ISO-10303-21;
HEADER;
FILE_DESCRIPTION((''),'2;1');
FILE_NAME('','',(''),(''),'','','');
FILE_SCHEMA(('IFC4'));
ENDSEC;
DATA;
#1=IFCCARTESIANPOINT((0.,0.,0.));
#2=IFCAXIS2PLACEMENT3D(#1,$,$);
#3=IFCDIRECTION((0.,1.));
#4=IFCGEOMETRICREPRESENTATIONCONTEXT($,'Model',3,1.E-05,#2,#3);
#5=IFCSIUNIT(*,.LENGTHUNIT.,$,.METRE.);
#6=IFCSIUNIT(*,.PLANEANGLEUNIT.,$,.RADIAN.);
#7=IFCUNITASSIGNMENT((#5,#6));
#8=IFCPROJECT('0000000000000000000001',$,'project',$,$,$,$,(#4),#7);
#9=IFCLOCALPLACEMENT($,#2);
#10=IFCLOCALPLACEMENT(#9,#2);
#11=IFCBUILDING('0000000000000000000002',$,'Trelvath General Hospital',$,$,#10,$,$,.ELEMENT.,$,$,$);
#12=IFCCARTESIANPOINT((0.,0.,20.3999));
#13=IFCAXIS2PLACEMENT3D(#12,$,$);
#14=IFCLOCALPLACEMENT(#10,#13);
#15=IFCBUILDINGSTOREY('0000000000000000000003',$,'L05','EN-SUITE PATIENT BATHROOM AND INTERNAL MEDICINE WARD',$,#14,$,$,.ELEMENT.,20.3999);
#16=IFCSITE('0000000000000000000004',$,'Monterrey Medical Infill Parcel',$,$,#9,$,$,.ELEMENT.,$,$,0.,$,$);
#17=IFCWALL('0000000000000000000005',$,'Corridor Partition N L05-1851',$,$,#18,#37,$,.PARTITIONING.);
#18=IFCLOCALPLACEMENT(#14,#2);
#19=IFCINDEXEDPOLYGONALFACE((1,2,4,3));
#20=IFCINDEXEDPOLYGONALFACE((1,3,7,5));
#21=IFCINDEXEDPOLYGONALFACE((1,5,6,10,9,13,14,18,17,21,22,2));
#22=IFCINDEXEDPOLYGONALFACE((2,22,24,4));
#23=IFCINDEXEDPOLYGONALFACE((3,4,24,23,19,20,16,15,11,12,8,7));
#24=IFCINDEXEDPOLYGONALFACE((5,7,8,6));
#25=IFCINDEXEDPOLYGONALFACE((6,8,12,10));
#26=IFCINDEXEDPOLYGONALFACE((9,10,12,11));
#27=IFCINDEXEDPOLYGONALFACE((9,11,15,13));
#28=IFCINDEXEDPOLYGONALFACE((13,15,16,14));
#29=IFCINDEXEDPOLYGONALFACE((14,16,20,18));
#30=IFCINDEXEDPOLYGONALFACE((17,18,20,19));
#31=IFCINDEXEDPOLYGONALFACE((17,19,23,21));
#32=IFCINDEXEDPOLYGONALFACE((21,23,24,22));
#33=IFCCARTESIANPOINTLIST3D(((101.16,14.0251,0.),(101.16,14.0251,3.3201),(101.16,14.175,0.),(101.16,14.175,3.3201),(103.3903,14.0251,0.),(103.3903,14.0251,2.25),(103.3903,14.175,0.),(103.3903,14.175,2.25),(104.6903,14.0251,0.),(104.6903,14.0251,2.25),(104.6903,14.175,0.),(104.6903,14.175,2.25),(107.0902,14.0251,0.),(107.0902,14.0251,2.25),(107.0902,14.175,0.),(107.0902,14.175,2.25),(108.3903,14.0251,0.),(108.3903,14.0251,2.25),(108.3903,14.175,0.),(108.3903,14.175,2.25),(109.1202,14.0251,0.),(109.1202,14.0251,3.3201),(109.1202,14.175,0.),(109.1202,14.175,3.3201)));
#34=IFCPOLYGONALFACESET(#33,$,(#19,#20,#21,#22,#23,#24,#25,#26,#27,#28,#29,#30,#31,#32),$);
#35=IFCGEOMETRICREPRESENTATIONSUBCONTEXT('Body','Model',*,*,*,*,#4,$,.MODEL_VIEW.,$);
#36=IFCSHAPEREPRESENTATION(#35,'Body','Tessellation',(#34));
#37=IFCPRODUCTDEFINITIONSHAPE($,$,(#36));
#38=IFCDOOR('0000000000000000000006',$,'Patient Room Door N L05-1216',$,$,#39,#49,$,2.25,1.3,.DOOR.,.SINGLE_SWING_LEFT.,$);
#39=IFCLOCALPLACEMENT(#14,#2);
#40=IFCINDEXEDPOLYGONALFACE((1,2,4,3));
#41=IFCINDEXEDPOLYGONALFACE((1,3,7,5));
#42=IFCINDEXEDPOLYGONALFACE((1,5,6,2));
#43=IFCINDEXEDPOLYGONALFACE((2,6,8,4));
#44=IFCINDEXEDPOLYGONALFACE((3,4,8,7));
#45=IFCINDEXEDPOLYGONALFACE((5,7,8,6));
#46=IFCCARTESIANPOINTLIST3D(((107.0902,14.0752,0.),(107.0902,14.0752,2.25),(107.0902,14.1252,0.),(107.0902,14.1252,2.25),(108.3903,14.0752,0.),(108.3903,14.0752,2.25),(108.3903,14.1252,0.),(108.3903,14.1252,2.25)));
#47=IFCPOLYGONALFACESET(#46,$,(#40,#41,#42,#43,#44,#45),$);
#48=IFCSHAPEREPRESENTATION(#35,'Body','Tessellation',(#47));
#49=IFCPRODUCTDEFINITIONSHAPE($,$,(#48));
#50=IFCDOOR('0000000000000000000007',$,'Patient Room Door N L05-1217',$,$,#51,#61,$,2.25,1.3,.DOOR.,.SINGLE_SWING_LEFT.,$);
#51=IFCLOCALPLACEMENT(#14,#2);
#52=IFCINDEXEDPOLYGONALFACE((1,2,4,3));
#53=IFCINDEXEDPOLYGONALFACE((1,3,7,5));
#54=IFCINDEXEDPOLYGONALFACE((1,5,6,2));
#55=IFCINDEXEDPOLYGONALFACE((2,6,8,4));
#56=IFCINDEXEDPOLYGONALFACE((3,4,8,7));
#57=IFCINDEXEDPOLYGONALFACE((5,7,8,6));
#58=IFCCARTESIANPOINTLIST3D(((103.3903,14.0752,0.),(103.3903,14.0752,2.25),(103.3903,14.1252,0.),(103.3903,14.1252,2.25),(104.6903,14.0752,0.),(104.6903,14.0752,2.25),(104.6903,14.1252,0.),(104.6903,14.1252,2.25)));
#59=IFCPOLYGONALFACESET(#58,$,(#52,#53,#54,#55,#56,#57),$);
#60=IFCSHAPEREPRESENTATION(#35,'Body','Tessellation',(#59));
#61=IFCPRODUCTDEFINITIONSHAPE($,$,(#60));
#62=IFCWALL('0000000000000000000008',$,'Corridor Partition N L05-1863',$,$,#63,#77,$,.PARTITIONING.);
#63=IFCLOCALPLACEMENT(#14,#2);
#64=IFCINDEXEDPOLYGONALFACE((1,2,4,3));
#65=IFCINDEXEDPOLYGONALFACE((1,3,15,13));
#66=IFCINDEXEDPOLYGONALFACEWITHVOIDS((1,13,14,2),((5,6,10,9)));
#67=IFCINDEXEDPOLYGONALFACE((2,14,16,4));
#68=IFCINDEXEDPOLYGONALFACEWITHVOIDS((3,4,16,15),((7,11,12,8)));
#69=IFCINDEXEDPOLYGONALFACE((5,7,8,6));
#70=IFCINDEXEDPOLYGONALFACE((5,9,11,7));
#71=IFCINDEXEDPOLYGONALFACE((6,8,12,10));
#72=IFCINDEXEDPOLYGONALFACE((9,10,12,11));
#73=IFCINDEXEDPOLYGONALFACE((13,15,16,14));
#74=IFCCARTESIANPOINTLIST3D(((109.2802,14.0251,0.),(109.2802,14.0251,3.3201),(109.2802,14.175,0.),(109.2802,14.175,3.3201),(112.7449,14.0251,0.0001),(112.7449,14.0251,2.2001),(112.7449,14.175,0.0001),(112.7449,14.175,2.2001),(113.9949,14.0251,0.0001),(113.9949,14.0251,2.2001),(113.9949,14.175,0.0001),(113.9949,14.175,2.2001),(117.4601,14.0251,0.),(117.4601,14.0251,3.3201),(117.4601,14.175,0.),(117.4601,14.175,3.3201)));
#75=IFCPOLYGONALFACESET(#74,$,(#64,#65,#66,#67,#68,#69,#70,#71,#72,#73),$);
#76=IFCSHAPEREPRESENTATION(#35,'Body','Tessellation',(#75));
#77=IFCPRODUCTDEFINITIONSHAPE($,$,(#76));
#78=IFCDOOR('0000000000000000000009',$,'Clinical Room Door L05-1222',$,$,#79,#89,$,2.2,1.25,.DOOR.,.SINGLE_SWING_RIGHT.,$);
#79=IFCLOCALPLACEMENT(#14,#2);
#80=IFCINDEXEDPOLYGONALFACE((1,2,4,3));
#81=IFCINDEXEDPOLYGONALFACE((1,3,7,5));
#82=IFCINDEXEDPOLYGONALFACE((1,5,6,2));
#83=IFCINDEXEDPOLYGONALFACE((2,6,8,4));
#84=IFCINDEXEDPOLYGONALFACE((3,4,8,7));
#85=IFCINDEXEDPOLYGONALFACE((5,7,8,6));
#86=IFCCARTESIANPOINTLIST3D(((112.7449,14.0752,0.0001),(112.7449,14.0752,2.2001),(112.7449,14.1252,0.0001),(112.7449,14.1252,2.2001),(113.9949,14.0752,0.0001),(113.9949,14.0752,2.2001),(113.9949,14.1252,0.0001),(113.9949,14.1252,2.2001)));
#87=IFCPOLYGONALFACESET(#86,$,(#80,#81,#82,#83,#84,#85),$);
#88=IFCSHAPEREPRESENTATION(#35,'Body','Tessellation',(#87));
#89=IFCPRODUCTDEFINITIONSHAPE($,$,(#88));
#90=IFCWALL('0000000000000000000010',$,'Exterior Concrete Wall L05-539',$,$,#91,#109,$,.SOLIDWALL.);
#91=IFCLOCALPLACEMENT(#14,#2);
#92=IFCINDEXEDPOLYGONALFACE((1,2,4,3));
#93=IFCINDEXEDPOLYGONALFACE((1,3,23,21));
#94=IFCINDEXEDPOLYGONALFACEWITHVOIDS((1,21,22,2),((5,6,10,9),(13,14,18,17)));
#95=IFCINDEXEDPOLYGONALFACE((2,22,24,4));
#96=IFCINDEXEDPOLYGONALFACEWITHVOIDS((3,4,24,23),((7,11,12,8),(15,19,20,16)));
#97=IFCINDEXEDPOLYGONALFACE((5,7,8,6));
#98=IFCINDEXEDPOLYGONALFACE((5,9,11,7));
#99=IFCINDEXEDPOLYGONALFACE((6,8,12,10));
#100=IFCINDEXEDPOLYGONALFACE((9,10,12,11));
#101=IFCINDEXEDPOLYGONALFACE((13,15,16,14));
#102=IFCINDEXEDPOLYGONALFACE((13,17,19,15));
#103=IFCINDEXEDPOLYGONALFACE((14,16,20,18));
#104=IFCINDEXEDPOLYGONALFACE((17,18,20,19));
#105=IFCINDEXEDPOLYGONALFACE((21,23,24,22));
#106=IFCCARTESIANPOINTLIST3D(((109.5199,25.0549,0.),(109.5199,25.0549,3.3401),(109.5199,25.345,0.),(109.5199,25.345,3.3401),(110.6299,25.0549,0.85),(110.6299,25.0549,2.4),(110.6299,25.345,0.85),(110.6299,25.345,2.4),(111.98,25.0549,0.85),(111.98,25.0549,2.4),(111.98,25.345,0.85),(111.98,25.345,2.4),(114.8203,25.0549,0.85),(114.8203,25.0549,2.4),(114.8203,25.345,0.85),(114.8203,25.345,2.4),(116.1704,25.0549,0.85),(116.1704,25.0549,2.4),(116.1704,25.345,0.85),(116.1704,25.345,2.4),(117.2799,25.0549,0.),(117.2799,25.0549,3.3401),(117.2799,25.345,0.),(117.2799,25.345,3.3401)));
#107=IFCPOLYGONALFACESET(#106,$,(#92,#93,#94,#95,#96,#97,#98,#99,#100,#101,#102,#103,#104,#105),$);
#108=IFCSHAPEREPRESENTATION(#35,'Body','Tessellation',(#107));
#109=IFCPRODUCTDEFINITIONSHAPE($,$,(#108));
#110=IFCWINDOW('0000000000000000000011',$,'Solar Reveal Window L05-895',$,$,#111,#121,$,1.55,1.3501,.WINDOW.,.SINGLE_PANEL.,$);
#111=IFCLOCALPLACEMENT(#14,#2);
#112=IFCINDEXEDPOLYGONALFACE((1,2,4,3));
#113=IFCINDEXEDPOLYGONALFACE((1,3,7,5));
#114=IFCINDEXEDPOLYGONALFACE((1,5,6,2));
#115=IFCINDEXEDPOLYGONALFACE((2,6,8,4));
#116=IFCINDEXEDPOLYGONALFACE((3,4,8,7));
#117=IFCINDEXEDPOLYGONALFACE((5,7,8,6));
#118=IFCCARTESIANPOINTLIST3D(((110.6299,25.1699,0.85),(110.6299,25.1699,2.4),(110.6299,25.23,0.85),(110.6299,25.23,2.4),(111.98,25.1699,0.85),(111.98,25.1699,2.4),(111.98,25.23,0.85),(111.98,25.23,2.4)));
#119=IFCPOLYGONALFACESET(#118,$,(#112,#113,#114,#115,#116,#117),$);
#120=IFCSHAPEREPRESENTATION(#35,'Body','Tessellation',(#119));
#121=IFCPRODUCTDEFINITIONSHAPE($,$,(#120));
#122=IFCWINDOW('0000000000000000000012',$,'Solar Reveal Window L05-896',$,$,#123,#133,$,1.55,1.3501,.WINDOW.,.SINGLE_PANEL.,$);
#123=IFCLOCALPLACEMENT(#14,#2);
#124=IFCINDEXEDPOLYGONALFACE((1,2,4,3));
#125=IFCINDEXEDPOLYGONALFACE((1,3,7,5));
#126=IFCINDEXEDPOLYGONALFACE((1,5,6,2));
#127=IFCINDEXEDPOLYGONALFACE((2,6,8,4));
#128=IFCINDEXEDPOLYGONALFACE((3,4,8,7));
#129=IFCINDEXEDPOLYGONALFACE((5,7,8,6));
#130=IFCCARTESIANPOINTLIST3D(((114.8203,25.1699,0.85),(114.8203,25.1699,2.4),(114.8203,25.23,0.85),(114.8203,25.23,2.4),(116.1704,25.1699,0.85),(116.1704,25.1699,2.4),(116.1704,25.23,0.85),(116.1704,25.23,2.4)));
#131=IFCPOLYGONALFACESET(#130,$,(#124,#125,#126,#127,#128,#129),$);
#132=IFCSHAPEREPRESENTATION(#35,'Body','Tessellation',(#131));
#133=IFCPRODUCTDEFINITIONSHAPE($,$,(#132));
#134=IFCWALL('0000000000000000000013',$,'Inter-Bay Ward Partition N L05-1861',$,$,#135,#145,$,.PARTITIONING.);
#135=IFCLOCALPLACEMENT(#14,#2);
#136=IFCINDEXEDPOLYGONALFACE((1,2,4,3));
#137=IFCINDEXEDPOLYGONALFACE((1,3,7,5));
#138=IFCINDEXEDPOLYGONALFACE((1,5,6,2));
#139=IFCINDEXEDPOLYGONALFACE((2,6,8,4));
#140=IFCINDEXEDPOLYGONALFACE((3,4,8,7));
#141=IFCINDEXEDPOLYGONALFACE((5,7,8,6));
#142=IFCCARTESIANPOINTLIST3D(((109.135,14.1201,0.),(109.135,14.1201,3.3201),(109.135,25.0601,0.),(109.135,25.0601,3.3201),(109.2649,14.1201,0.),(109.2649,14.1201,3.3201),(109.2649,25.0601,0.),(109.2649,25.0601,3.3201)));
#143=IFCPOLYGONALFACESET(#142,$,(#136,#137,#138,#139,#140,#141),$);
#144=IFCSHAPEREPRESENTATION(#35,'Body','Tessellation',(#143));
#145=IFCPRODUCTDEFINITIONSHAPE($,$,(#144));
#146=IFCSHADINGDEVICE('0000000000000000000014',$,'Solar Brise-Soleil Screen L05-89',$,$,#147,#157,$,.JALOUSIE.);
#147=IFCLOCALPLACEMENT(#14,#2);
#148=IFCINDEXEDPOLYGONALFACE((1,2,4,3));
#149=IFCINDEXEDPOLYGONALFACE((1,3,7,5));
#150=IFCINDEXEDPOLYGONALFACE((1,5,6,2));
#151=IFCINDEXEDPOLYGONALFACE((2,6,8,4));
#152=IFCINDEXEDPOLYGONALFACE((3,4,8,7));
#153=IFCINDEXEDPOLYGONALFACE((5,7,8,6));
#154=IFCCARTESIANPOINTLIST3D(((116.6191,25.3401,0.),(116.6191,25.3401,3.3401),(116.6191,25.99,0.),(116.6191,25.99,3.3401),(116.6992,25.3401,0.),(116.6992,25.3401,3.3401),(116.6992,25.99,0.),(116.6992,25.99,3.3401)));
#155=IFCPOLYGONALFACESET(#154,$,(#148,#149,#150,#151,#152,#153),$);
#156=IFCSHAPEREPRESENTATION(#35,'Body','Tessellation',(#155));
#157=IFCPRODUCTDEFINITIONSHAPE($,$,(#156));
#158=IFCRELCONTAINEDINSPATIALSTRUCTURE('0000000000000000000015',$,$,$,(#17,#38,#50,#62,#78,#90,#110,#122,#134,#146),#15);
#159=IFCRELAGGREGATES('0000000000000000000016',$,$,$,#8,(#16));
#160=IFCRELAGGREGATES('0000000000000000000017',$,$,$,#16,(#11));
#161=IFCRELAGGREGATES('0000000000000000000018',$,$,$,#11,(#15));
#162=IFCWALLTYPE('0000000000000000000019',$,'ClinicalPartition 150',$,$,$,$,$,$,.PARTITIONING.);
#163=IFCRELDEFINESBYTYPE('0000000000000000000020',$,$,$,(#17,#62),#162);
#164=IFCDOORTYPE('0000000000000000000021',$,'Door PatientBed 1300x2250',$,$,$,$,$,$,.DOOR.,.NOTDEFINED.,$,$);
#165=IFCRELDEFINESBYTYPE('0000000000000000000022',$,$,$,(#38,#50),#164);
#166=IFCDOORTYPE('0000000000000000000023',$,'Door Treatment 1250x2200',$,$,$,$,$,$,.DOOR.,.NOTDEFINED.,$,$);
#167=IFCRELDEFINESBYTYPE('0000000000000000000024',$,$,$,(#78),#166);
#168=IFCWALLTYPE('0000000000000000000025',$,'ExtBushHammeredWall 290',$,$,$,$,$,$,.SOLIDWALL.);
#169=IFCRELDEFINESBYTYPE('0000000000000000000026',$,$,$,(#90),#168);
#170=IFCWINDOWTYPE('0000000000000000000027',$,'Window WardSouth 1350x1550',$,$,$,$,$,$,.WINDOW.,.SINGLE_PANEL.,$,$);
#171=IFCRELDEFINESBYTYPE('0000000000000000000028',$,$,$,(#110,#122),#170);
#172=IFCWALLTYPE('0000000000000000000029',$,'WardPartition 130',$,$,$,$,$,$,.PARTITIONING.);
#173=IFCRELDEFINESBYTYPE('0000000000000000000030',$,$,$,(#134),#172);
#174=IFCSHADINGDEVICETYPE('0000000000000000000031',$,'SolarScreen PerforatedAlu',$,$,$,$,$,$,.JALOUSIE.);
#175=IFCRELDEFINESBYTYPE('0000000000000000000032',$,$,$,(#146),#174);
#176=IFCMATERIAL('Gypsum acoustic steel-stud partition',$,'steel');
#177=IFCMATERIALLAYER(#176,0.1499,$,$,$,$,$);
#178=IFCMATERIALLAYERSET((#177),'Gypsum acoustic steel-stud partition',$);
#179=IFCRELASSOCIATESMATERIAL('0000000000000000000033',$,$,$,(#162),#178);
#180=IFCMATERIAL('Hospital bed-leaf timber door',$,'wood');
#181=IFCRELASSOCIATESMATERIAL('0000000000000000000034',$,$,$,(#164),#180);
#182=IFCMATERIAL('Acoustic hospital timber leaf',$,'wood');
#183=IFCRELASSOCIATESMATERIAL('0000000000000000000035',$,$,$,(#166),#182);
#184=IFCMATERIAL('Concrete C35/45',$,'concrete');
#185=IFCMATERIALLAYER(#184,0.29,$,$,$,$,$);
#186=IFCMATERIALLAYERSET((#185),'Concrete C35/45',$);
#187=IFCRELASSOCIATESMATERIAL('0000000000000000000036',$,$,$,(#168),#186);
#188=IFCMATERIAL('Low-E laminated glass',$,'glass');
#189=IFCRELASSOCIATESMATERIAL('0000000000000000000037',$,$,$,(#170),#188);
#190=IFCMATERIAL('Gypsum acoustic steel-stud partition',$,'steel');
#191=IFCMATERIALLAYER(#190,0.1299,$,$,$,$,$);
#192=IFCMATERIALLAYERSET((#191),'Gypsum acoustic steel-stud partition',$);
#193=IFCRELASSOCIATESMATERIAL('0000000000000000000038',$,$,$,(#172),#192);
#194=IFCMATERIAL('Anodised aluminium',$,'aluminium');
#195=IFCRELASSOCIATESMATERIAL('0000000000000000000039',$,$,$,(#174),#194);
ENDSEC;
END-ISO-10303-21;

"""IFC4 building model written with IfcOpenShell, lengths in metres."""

from ifc_helpers import new_model, si_unit, direction, frame, frame_2d, origin, origin_2d, place, context, subcontext, project, spatial, rectangle, extrude, material, layer, layer_set, type_object, element, fill, save


model = new_model("IFC4")

# Units and contexts
model_context = context("Model", 3, precision=1e-05, world=origin(), true_north=direction((0.0, 1.0)))
body_context = subcontext(model_context, "Body", "Model", "MODEL_VIEW")
ifc_project = project(units=[si_unit("LENGTHUNIT", "METRE"), si_unit("PLANEANGLEUNIT", "RADIAN")], contexts=[model_context])

# Site, building, storey
site_placement = place(None, origin())
site = spatial("IfcSite", under=ifc_project, at=site_placement, Name="Monterrey Medical Infill Parcel", CompositionType="ELEMENT", RefElevation=0.0)
building_placement = place(site_placement, origin())
building = spatial("IfcBuilding", under=site, at=building_placement, Name="Trelvath General Hospital", CompositionType="ELEMENT")
storey_placement = place(building_placement, frame((0.0, 0.0, 20.3999)))
storey = spatial("IfcBuildingStorey", under=building, at=storey_placement, Name="L05", Description="EN-SUITE PATIENT BATHROOM AND INTERNAL MEDICINE WARD", CompositionType="ELEMENT", Elevation=20.3999)

# Wall, openings, doors
ifc_material_1 = material(Name="Gypsum acoustic steel-stud partition", Category="steel")
ifc_layer_1 = layer(ifc_material_1, 0.1499)
ifc_layer_set_1 = layer_set([ifc_layer_1], Name="Gypsum acoustic steel-stud partition")
wall_type_1 = type_object("IfcWallType", Name="ClinicalPartition 150", PredefinedType="PARTITIONING", material=ifc_layer_set_1)
wall_1_placement = place(storey_placement, frame((109.1201, 14.1001, 0.0), z_axis=(0.0, 0.0, 1.0), x_axis=(-1.0, 0.0, 0.0)))
wall_1 = element("IfcWall", 1, at=wall_1_placement, inside=storey, type_object=wall_type_1, Name="Corridor Partition N L05-1851", PredefinedType="PARTITIONING", context=body_context, shape_type="SweptSolid", body=[
    extrude(rectangle(XDim=7.9602, YDim=0.1499, at=frame_2d((3.98, 0.0))), origin(), (0.0, 0.0, 1.0), 3.3201),
])
opening_1_placement = place(wall_1_placement, frame((0.73, 0.0, 0.0)))
opening_1 = element("IfcOpeningElement", 2, at=opening_1_placement, cuts=wall_1, PredefinedType="OPENING", context=body_context, shape_type="SweptSolid", body=[
    extrude(rectangle(XDim=1.3, YDim=2.25, at=frame_2d((0.6499, 1.125))), frame((0.0, 0.085, 0.0), z_axis=(0.0, -1.0, 0.0), x_axis=(1.0, 0.0, 0.0)), (0.0, 0.0, 1.0), 0.1699),
])
opening_2_placement = place(wall_1_placement, frame((4.4299, 0.0, 0.0)))
opening_2 = element("IfcOpeningElement", 3, at=opening_2_placement, cuts=wall_1, PredefinedType="OPENING", context=body_context, shape_type="SweptSolid", body=[
    extrude(rectangle(XDim=1.3, YDim=2.25, at=frame_2d((0.6499, 1.125))), frame((0.0, 0.085, 0.0), z_axis=(0.0, -1.0, 0.0), x_axis=(1.0, 0.0, 0.0)), (0.0, 0.0, 1.0), 0.1699),
])
ifc_material_2 = material(Name="Hospital bed-leaf timber door", Category="wood")
door_type_1 = type_object("IfcDoorType", Name="Door PatientBed 1300x2250", OperationType="NOTDEFINED", PredefinedType="DOOR", material=ifc_material_2)
door_1_placement = place(opening_1_placement, origin())
door_1 = element("IfcDoor", 4, at=door_1_placement, inside=storey, type_object=door_type_1, Name="Patient Room Door N L05-1216", OperationType="SINGLE_SWING_LEFT", OverallHeight=2.25, OverallWidth=1.3, PredefinedType="DOOR", context=body_context, shape_type="SweptSolid", body=[
    extrude(rectangle(XDim=1.3, YDim=2.25, at=frame_2d((0.6499, 1.125))), frame((0.0, 0.0249, 0.0), z_axis=(0.0, -1.0, 0.0), x_axis=(1.0, 0.0, 0.0)), (0.0, 0.0, 1.0), 0.05),
])
fill(opening_1, door_1)
door_2_placement = place(opening_2_placement, origin())
door_2 = element("IfcDoor", 5, at=door_2_placement, inside=storey, type_object=door_type_1, Name="Patient Room Door N L05-1217", OperationType="SINGLE_SWING_LEFT", OverallHeight=2.25, OverallWidth=1.3, PredefinedType="DOOR", context=body_context, shape_type="SweptSolid", body=[
    extrude(rectangle(XDim=1.3, YDim=2.25, at=frame_2d((0.6499, 1.125))), frame((0.0, 0.0249, 0.0), z_axis=(0.0, -1.0, 0.0), x_axis=(1.0, 0.0, 0.0)), (0.0, 0.0, 1.0), 0.05),
])
fill(opening_2, door_2)

# Wall, opening, door
wall_2_placement = place(storey_placement, frame((117.46, 14.1001, 0.0), z_axis=(0.0, 0.0, 1.0), x_axis=(-1.0, 0.0, 0.0)))
wall_2 = element("IfcWall", 6, at=wall_2_placement, inside=storey, type_object=wall_type_1, Name="Corridor Partition N L05-1863", PredefinedType="PARTITIONING", context=body_context, shape_type="SweptSolid", body=[
    extrude(rectangle(XDim=8.1799, YDim=0.1499, at=frame_2d((4.0898, 0.0))), origin(), (0.0, 0.0, 1.0), 3.3201),
])
opening_3_placement = place(wall_2_placement, frame((3.4651, 0.0, 0.0)))
opening_3 = element("IfcOpeningElement", 7, at=opening_3_placement, cuts=wall_2, PredefinedType="OPENING", context=body_context, shape_type="SweptSolid", body=[
    extrude(rectangle(XDim=1.25, YDim=2.2, at=frame_2d((0.625, 1.1001))), frame((0.0, 0.085, 0.0), z_axis=(0.0, -1.0, 0.0), x_axis=(1.0, 0.0, 0.0)), (0.0, 0.0, 1.0), 0.1699),
])
ifc_material_3 = material(Name="Acoustic hospital timber leaf", Category="wood")
door_type_2 = type_object("IfcDoorType", Name="Door Treatment 1250x2200", OperationType="NOTDEFINED", PredefinedType="DOOR", material=ifc_material_3)
door_3_placement = place(opening_3_placement, origin())
door_3 = element("IfcDoor", 8, at=door_3_placement, inside=storey, type_object=door_type_2, Name="Clinical Room Door L05-1222", OperationType="SINGLE_SWING_RIGHT", OverallHeight=2.2, OverallWidth=1.25, PredefinedType="DOOR", context=body_context, shape_type="SweptSolid", body=[
    extrude(rectangle(XDim=1.25, YDim=2.2, at=frame_2d((0.625, 1.1001))), frame((0.0, 0.0249, 0.0), z_axis=(0.0, -1.0, 0.0), x_axis=(1.0, 0.0, 0.0)), (0.0, 0.0, 1.0), 0.05),
])
fill(opening_3, door_3)

# Wall, openings, windows
ifc_material_4 = material(Name="Concrete C35/45", Category="concrete")
ifc_layer_2 = layer(ifc_material_4, 0.29)
ifc_layer_set_2 = layer_set([ifc_layer_2], Name="Concrete C35/45")
wall_type_2 = type_object("IfcWallType", Name="ExtBushHammeredWall 290", PredefinedType="SOLIDWALL", material=ifc_layer_set_2)
wall_3_placement = place(storey_placement, frame((109.52, 25.2, 0.0), z_axis=(0.0, 0.0, 1.0), x_axis=(1.0, 0.0, 0.0)))
wall_3 = element("IfcWall", 9, at=wall_3_placement, inside=storey, type_object=wall_type_2, Name="Exterior Concrete Wall L05-539", PredefinedType="SOLIDWALL", context=body_context, shape_type="SweptSolid", body=[
    extrude(rectangle(XDim=7.76, YDim=0.29, at=frame_2d((3.8799, 0.0))), origin(), (0.0, 0.0, 1.0), 3.3401),
])
opening_4_placement = place(wall_3_placement, frame((1.1099, 0.0, 0.8501)))
opening_4 = element("IfcOpeningElement", 10, at=opening_4_placement, cuts=wall_3, PredefinedType="OPENING", context=body_context, shape_type="SweptSolid", body=[
    extrude(rectangle(XDim=1.3501, YDim=1.55, at=frame_2d((0.675, 0.7749))), frame((0.0, 0.155, 0.0), z_axis=(0.0, -1.0, 0.0), x_axis=(1.0, 0.0, 0.0)), (0.0, 0.0, 1.0), 0.3101),
])
opening_5_placement = place(wall_3_placement, frame((5.3003, 0.0, 0.8501)))
opening_5 = element("IfcOpeningElement", 11, at=opening_5_placement, cuts=wall_3, PredefinedType="OPENING", context=body_context, shape_type="SweptSolid", body=[
    extrude(rectangle(XDim=1.3501, YDim=1.55, at=frame_2d((0.675, 0.7749))), frame((0.0, 0.155, 0.0), z_axis=(0.0, -1.0, 0.0), x_axis=(1.0, 0.0, 0.0)), (0.0, 0.0, 1.0), 0.3101),
])
ifc_material_5 = material(Name="Low-E laminated glass", Category="glass")
window_type = type_object("IfcWindowType", Name="Window WardSouth 1350x1550", PartitioningType="SINGLE_PANEL", PredefinedType="WINDOW", material=ifc_material_5)
window_1_placement = place(opening_4_placement, origin())
window_1 = element("IfcWindow", 12, at=window_1_placement, inside=storey, type_object=window_type, Name="Solar Reveal Window L05-895", OverallHeight=1.55, OverallWidth=1.3501, PartitioningType="SINGLE_PANEL", PredefinedType="WINDOW", context=body_context, shape_type="SweptSolid", body=[
    extrude(rectangle(XDim=1.3501, YDim=1.55, at=frame_2d((0.675, 0.7749))), frame((0.0, 0.03, 0.0), z_axis=(0.0, -1.0, 0.0), x_axis=(1.0, 0.0, 0.0)), (0.0, 0.0, 1.0), 0.0601),
])
fill(opening_4, window_1)
window_2_placement = place(opening_5_placement, origin())
window_2 = element("IfcWindow", 13, at=window_2_placement, inside=storey, type_object=window_type, Name="Solar Reveal Window L05-896", OverallHeight=1.55, OverallWidth=1.3501, PartitioningType="SINGLE_PANEL", PredefinedType="WINDOW", context=body_context, shape_type="SweptSolid", body=[
    extrude(rectangle(XDim=1.3501, YDim=1.55, at=frame_2d((0.675, 0.7749))), frame((0.0, 0.03, 0.0), z_axis=(0.0, -1.0, 0.0), x_axis=(1.0, 0.0, 0.0)), (0.0, 0.0, 1.0), 0.0601),
])
fill(opening_5, window_2)

# Wall
ifc_material_6 = material(Name="Gypsum acoustic steel-stud partition", Category="steel")
ifc_layer_3 = layer(ifc_material_6, 0.1299)
ifc_layer_set_3 = layer_set([ifc_layer_3], Name="Gypsum acoustic steel-stud partition")
wall_type_3 = type_object("IfcWallType", Name="WardPartition 130", PredefinedType="PARTITIONING", material=ifc_layer_set_3)
wall_4_placement = place(storey_placement, frame((109.2, 14.1201, 0.0), z_axis=(0.0, 0.0, 1.0), x_axis=(0.0, 1.0, 0.0)))
element("IfcWall", 14, at=wall_4_placement, inside=storey, type_object=wall_type_3, Name="Inter-Bay Ward Partition N L05-1861", PredefinedType="PARTITIONING", context=body_context, shape_type="SweptSolid", body=[
    extrude(rectangle(XDim=10.9399, YDim=0.1299, at=frame_2d((5.47, 0.0))), origin(), (0.0, 0.0, 1.0), 3.3201),
])

# Shading device
ifc_material_7 = material(Name="Anodised aluminium", Category="aluminium")
shading_device_type = type_object("IfcShadingDeviceType", Name="SolarScreen PerforatedAlu", PredefinedType="JALOUSIE", material=ifc_material_7)
shading_device_placement = place(storey_placement, frame((116.6592, 25.665, 0.0), z_axis=(0.0, 0.0, 1.0), x_axis=(0.0, 1.0, 0.0)))
element("IfcShadingDevice", 15, at=shading_device_placement, inside=storey, type_object=shading_device_type, Name="Solar Brise-Soleil Screen L05-89", PredefinedType="JALOUSIE", context=body_context, shape_type="SweptSolid", body=[
    extrude(rectangle(XDim=0.6499, YDim=0.0801, at=origin_2d()), origin(), (0.0, 0.0, 1.0), 3.3401),
])

save(model, "model.ifc")
